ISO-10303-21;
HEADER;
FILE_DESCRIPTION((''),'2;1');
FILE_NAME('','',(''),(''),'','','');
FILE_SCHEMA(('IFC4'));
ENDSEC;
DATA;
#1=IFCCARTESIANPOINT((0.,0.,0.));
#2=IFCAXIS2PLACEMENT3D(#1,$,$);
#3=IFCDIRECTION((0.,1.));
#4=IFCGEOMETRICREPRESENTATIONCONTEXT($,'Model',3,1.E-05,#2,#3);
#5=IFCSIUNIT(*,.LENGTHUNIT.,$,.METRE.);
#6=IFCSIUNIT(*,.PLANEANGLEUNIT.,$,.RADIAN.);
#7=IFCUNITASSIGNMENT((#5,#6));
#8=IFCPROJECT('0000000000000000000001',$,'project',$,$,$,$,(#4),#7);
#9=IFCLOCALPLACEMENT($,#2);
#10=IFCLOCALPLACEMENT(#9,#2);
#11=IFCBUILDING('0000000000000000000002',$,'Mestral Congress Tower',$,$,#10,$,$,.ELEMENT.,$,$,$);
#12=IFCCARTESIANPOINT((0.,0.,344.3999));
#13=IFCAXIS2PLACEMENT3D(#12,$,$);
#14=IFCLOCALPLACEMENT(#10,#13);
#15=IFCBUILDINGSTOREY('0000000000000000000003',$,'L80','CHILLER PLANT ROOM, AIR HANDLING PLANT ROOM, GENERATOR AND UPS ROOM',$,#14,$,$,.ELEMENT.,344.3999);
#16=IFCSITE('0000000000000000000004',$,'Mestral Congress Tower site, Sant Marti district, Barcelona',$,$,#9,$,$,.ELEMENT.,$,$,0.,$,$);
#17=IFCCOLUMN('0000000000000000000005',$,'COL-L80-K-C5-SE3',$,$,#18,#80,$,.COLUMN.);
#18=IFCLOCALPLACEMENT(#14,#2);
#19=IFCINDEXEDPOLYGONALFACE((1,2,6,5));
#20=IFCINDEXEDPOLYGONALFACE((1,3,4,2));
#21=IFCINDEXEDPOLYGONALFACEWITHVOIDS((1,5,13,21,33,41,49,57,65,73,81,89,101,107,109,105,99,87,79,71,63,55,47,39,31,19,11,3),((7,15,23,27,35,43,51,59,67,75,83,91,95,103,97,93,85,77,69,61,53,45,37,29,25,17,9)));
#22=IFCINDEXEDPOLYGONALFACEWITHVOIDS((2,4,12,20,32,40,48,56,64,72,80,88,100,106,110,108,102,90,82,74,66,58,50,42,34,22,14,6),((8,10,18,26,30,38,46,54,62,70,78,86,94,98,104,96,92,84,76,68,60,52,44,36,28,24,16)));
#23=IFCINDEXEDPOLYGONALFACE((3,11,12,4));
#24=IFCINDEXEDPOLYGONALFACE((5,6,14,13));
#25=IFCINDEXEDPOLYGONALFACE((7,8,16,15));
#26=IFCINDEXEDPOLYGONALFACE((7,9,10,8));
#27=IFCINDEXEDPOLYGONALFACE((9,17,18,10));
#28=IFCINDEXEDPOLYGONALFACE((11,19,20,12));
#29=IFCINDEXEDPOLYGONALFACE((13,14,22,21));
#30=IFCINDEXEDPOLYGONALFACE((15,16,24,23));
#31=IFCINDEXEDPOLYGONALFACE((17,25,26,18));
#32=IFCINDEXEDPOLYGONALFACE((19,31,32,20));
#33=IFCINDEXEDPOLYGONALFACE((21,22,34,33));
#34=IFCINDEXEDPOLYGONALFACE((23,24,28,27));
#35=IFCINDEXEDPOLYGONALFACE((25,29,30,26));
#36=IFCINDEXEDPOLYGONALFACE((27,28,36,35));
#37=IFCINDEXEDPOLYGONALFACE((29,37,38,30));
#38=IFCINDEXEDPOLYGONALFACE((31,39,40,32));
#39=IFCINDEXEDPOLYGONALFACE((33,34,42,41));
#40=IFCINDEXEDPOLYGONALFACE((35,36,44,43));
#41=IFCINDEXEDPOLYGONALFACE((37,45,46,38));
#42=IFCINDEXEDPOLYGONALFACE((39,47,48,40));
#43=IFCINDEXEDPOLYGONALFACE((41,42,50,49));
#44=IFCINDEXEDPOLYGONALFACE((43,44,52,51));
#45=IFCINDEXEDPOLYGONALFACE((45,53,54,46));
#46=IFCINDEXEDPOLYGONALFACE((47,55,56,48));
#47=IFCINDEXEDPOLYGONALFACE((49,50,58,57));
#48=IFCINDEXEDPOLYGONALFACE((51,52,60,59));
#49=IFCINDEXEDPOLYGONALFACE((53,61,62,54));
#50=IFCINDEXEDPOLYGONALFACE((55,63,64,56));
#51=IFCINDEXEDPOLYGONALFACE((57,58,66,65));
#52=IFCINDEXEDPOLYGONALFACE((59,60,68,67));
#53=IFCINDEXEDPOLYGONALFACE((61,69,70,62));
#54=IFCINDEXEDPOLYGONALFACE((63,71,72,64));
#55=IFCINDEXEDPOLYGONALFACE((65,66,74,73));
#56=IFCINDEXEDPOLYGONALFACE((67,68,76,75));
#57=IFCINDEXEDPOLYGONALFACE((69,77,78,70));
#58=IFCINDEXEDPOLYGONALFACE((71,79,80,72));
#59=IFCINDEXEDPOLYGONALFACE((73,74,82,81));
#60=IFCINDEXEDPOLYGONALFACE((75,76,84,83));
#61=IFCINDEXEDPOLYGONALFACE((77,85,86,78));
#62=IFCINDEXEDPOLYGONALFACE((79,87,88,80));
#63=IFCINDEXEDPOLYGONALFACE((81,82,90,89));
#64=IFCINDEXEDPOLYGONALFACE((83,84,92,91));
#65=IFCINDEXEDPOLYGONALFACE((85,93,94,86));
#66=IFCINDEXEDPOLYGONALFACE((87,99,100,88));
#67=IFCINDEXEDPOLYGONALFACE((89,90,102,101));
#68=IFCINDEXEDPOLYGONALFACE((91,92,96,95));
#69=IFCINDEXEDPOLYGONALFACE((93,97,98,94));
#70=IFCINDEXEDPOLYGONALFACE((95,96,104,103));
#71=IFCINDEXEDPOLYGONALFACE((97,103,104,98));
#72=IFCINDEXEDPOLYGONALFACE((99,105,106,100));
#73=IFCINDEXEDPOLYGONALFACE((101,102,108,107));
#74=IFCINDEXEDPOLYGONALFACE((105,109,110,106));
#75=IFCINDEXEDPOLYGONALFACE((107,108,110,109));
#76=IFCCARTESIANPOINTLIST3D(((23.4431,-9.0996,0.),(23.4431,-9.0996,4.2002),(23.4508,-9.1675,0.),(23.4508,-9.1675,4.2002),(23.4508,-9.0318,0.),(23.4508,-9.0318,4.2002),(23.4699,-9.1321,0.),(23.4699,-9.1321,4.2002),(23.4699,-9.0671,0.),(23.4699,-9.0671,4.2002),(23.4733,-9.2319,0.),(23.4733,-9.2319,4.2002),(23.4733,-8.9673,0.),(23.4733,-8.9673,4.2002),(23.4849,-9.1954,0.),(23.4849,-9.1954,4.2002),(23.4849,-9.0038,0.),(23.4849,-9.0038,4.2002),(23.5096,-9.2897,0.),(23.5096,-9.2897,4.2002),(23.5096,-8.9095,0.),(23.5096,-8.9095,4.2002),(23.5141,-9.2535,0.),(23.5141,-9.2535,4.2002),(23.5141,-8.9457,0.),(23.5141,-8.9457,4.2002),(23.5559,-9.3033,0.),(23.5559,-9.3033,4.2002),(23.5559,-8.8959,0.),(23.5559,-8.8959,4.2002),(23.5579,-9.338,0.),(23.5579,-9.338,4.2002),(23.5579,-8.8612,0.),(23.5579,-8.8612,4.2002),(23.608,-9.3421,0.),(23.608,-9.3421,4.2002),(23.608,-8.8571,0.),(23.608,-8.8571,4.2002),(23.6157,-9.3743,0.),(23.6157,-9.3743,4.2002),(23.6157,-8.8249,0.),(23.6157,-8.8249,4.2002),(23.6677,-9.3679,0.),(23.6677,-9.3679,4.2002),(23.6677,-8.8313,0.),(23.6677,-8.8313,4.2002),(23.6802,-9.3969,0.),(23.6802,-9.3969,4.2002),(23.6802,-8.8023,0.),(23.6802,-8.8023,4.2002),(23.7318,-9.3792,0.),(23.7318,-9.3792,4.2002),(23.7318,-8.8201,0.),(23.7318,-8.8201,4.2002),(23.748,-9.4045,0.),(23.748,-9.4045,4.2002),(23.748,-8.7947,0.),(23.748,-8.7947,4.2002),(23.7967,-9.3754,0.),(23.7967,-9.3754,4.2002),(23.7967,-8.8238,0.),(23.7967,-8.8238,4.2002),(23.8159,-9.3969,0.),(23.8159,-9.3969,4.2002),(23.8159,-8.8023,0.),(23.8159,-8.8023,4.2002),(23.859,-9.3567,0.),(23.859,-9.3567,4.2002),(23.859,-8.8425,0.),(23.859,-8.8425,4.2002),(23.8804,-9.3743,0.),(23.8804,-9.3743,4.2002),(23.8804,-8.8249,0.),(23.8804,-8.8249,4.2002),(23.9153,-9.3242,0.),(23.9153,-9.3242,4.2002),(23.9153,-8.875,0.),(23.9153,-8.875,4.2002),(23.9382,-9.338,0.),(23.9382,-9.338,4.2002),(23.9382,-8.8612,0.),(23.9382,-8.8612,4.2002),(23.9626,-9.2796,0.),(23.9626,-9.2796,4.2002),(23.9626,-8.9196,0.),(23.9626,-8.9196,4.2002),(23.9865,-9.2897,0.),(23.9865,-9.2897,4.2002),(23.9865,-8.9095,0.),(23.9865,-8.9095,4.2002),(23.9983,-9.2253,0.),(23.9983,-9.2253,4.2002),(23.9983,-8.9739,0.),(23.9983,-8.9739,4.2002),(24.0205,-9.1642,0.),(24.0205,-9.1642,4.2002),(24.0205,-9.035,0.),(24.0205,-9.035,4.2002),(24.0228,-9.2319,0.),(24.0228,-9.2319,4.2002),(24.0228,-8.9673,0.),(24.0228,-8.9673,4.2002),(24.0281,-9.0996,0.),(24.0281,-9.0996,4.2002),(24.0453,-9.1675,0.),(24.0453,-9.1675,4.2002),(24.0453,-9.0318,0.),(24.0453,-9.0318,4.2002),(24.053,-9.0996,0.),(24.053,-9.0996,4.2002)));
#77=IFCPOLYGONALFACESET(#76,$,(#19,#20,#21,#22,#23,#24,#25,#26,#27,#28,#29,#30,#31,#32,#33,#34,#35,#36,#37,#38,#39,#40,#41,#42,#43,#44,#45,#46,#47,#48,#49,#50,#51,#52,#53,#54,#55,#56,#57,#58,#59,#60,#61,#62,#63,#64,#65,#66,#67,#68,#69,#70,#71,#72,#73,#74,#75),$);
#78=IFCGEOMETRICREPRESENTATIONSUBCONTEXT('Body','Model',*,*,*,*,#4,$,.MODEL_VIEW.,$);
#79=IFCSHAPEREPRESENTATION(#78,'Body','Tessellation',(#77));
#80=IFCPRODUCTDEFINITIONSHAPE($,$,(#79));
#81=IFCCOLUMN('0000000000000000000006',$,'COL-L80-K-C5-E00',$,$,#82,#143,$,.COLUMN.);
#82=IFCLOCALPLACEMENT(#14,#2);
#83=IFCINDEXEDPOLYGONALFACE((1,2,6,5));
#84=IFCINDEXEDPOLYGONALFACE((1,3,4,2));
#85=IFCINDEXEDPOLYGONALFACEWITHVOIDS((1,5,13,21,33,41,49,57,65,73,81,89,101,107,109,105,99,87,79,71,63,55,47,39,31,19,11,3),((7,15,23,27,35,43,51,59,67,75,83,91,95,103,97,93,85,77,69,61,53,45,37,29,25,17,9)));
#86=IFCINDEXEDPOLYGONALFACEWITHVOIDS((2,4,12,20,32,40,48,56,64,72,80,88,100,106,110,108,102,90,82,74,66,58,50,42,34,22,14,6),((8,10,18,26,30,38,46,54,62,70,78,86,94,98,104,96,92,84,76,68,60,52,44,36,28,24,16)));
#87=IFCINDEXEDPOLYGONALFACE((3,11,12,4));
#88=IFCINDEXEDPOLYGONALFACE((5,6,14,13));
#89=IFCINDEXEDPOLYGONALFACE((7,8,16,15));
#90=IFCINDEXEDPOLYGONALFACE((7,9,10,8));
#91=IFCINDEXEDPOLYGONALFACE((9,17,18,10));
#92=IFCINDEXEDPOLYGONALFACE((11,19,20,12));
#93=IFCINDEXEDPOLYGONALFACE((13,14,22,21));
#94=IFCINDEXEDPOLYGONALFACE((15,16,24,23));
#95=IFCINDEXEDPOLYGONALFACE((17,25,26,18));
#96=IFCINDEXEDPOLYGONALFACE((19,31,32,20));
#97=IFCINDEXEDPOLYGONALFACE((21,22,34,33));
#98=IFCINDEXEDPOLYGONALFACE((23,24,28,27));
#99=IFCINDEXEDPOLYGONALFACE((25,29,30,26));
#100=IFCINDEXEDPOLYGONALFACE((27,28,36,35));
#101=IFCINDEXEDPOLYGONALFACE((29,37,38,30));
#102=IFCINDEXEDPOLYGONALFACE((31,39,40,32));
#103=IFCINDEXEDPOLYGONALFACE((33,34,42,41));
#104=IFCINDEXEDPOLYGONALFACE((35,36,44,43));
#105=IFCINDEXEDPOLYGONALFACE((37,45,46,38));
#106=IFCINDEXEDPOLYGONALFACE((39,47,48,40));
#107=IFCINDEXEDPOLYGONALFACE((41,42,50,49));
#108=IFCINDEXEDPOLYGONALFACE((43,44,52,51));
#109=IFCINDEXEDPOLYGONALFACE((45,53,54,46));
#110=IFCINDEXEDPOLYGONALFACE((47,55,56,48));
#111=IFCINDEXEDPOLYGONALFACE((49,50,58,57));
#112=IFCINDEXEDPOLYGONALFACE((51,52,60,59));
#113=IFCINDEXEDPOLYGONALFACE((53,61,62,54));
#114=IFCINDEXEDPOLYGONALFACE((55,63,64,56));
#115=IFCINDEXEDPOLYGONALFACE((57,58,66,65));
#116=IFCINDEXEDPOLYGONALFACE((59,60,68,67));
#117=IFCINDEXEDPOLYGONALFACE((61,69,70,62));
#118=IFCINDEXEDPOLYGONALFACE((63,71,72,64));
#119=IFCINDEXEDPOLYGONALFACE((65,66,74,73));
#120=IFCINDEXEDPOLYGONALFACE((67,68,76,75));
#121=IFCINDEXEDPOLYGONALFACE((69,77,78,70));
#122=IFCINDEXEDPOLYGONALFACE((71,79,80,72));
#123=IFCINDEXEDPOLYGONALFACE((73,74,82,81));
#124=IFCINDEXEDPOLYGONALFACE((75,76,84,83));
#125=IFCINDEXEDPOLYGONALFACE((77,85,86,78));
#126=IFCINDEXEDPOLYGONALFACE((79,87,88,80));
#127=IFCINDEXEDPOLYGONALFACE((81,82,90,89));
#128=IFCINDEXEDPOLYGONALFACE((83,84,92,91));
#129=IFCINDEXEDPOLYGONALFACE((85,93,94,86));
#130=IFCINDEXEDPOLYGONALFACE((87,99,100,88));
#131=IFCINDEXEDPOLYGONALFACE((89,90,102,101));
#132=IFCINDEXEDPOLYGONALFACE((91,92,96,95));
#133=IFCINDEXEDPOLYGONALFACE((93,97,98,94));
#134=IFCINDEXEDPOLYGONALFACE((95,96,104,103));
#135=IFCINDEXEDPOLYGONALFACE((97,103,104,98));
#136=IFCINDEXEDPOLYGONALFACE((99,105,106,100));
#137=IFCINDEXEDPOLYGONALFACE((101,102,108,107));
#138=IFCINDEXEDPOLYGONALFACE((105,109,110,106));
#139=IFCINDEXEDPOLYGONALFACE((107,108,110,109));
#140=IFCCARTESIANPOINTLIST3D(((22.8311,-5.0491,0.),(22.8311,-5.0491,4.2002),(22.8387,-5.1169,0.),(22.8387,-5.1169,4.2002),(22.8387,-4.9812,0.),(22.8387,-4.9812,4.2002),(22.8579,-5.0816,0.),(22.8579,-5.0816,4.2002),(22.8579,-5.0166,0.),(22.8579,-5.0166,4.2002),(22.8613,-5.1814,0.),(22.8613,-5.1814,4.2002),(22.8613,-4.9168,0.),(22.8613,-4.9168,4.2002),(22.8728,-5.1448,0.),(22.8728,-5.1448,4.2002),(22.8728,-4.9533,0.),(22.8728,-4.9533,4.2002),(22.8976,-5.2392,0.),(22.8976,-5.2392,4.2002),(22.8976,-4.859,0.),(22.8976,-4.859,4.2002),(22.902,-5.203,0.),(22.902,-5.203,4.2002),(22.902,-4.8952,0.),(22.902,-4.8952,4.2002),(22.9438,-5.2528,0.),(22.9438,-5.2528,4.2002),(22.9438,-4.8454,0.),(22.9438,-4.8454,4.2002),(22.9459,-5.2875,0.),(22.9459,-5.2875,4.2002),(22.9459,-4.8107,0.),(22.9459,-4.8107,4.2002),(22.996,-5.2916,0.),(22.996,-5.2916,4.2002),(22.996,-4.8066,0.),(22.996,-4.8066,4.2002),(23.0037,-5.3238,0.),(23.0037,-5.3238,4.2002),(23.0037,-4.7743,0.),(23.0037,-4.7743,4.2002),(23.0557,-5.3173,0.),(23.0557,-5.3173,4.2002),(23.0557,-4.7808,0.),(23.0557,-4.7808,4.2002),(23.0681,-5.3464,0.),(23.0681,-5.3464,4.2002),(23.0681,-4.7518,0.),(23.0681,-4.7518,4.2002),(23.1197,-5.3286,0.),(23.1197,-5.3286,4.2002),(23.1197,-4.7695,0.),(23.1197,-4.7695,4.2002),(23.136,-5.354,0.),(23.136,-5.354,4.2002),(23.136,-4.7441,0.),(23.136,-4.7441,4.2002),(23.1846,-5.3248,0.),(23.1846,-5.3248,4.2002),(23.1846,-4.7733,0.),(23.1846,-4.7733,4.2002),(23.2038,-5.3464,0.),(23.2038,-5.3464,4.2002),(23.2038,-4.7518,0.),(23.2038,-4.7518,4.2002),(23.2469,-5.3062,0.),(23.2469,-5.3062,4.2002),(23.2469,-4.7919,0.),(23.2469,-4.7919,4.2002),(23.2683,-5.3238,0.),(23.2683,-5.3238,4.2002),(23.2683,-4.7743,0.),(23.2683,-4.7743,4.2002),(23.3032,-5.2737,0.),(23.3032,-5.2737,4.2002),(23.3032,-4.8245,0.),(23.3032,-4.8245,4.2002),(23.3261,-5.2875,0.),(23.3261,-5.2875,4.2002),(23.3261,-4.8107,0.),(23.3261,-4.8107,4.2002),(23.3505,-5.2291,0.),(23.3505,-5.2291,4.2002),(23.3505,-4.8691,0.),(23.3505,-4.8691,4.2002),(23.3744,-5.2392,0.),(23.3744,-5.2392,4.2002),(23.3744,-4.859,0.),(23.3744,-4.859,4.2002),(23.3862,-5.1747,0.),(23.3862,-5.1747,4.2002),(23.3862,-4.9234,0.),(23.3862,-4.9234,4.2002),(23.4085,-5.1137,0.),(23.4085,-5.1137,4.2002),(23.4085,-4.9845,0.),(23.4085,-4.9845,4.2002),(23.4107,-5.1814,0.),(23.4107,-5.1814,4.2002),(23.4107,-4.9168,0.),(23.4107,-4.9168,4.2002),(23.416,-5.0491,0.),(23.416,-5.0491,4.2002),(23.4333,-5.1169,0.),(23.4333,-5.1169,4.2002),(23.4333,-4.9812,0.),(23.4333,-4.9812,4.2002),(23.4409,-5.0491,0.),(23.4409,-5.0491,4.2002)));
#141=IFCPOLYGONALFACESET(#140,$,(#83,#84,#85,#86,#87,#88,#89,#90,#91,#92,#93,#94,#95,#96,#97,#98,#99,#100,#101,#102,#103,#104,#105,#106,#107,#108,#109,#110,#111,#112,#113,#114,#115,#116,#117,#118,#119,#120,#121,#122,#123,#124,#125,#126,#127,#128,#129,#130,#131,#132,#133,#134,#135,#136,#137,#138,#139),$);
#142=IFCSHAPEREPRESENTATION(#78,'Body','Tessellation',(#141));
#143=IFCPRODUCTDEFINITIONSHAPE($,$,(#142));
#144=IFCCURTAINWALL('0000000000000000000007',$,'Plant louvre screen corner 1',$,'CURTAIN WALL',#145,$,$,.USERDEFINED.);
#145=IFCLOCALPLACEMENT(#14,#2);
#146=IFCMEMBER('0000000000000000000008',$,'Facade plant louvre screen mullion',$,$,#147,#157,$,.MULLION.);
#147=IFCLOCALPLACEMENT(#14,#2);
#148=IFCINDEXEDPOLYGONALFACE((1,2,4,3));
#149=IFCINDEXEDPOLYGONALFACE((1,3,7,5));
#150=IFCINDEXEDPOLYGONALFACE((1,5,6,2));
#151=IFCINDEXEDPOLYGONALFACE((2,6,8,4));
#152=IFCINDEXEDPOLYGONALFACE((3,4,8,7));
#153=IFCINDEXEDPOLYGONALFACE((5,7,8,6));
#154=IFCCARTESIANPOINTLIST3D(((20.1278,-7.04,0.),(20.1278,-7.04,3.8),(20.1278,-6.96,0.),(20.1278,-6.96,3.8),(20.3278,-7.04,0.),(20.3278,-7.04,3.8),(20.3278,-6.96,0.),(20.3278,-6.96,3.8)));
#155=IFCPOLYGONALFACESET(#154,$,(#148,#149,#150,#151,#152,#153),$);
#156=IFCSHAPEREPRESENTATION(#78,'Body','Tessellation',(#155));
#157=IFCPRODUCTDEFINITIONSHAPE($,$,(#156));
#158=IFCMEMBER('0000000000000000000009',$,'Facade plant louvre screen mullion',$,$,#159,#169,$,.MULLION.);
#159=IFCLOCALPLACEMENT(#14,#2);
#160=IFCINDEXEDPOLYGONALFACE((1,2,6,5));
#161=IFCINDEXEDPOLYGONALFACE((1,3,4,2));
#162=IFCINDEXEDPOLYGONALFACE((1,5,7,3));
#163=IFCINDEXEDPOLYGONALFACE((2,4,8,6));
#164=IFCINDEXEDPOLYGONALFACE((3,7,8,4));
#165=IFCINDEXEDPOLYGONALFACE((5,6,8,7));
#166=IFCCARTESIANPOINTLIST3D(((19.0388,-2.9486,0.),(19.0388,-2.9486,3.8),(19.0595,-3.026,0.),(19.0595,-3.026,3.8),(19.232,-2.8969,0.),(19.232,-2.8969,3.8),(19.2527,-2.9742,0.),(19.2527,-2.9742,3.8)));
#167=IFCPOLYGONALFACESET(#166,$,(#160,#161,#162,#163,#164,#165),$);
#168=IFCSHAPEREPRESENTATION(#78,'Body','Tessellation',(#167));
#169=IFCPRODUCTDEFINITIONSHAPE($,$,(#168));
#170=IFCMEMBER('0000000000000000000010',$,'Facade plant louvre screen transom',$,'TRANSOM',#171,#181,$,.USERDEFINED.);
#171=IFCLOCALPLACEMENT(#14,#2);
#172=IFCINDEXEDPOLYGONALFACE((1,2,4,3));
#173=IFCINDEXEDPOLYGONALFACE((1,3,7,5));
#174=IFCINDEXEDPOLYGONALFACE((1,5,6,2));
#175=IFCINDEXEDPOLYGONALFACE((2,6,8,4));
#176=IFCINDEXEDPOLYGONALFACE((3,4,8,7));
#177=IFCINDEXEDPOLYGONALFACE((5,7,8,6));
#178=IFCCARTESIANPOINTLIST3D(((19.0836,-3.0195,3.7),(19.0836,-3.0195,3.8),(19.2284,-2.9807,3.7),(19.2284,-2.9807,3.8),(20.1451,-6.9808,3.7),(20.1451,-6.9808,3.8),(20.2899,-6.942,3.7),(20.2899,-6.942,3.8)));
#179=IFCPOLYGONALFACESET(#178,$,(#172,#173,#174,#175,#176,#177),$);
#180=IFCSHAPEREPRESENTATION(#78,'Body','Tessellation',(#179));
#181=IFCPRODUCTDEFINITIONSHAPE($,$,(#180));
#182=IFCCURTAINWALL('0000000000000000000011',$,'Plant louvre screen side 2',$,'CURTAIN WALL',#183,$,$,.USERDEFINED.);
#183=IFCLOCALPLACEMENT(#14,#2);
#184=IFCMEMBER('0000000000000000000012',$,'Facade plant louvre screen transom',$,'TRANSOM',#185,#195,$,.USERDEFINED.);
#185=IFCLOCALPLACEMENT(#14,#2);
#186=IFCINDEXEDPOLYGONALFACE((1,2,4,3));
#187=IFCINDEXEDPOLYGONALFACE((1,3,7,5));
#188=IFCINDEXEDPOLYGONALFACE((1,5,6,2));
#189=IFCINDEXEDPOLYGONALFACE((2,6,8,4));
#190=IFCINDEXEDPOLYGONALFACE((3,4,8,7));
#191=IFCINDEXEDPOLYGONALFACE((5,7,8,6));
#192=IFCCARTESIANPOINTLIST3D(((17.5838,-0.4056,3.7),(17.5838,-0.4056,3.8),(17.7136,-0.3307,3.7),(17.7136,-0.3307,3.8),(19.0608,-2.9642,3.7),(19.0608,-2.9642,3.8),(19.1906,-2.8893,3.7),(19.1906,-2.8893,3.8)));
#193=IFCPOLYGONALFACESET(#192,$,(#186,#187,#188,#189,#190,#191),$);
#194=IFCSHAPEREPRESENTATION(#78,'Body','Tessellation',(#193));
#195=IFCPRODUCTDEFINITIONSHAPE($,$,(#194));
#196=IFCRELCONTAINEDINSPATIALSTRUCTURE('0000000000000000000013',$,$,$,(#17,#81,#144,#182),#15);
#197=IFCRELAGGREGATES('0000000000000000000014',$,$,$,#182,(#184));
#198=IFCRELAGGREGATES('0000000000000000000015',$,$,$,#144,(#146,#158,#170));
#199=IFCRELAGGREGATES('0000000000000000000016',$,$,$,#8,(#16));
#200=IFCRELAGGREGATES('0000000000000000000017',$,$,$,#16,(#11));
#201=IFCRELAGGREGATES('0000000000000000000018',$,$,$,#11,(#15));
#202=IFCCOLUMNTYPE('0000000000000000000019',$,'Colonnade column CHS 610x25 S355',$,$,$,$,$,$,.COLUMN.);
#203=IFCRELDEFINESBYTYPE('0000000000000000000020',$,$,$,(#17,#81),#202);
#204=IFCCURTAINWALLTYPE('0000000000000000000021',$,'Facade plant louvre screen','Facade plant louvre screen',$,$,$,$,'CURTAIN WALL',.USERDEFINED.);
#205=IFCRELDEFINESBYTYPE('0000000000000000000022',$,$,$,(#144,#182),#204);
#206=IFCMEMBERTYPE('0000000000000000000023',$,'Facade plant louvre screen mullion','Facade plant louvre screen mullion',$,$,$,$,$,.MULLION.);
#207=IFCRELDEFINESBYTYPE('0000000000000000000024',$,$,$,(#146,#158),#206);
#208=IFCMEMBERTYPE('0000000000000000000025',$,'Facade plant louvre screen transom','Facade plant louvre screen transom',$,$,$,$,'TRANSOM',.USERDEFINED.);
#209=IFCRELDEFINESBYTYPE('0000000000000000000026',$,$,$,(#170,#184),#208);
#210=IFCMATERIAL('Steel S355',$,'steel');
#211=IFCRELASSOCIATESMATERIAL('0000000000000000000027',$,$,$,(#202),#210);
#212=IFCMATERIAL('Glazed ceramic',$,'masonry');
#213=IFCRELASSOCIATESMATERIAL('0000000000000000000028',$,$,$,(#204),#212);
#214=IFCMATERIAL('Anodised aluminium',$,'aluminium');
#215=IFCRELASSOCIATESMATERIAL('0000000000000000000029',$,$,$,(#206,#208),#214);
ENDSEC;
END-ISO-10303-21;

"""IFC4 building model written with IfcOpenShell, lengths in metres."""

from ifc_helpers import new_model, si_unit, direction, frame, origin, origin_2d, place, context, subcontext, project, spatial, rectangle, hollow_circle, extrude, material, material_profile, profile_set, type_object, element, aggregate, save


model = new_model("IFC4")

# Units and contexts
model_context = context("Model", 3, precision=1e-05, world=origin(), true_north=direction((0.0, 1.0)))
body_context = subcontext(model_context, "Body", "Model", "MODEL_VIEW")
ifc_project = project(units=[si_unit("LENGTHUNIT", "METRE"), si_unit("PLANEANGLEUNIT", "RADIAN")], contexts=[model_context])

# Site, building, storey
site_placement = place(None, origin())
site = spatial("IfcSite", under=ifc_project, at=site_placement, Name="Mestral Congress Tower site, Sant Marti district, Barcelona", CompositionType="ELEMENT", RefElevation=0.0)
building_placement = place(site_placement, origin())
building = spatial("IfcBuilding", under=site, at=building_placement, Name="Mestral Congress Tower", CompositionType="ELEMENT")
storey_placement = place(building_placement, frame((0.0, 0.0, 344.3999)))
storey = spatial("IfcBuildingStorey", under=building, at=storey_placement, Name="L80", Description="CHILLER PLANT ROOM, AIR HANDLING PLANT ROOM, GENERATOR AND UPS ROOM", CompositionType="ELEMENT", Elevation=344.3999)

# Columns
ifc_material_1 = material(Name="Steel S355", Category="steel")
ifc_material_profile_1 = material_profile(ifc_material_1, hollow_circle(Radius=0.3049, WallThickness=0.0249, at=origin_2d()), Name="CHS 610x25")
ifc_profile_set_1 = profile_set([ifc_material_profile_1], Name="Steel S355")
column_type = type_object("IfcColumnType", Name="Colonnade column CHS 610x25 S355", PredefinedType="COLUMN", material=ifc_profile_set_1)
for number, where, z_axis, x_axis, name in (
    (1, (23.748, -9.0996, 0.0), (0.0, 0.0, 1.0), (1.0, 0.0, 0.0), "COL-L80-K-C5-SE3"),
    (2, (23.136, -5.0491, 0.0), (0.0, 0.0, 1.0), (1.0, 0.0, 0.0), "COL-L80-K-C5-E00"),
):
    element("IfcColumn", number, at=place(storey_placement, frame(where, z_axis=z_axis, x_axis=x_axis)), inside=storey, type_object=column_type, Name=name, PredefinedType="COLUMN", context=body_context, shape_type="SweptSolid", body=[
        extrude(hollow_circle(Radius=0.3049, WallThickness=0.0249, at=origin_2d()), origin(), (0.0, 0.0, 1.0), 4.2002),
    ])

# Curtain wall, members
ifc_material_2 = material(Name="Glazed ceramic", Category="masonry")
curtain_wall_type = type_object("IfcCurtainWallType", Name="Facade plant louvre screen", Description="Facade plant louvre screen", ElementType="CURTAIN WALL", PredefinedType="USERDEFINED", material=ifc_material_2)
placement = place(storey_placement, origin())
curtain_wall_1 = element("IfcCurtainWall", 3, at=placement, inside=storey, type_object=curtain_wall_type, Name="Plant louvre screen corner 1", ObjectType="CURTAIN WALL", PredefinedType="USERDEFINED")
ifc_material_3 = material(Name="Anodised aluminium", Category="aluminium")
ifc_material_profile_2 = material_profile(ifc_material_3, rectangle(XDim=0.2, YDim=0.0801, at=origin_2d()), Name="CW6 mullion 200 x 80")
ifc_profile_set_2 = profile_set([ifc_material_profile_2], Name="Anodised aluminium")
member_type_1 = type_object("IfcMemberType", Name="Facade plant louvre screen mullion", Description="Facade plant louvre screen mullion", PredefinedType="MULLION", material=ifc_profile_set_2)
member_1_placement = place(storey_placement, frame((20.2278, -7.0, 0.0), z_axis=(0.0, 0.0, 1.0), x_axis=(1.0, 0.0, 0.0)))
member_1 = element("IfcMember", 4, at=member_1_placement, type_object=member_type_1, Name="Facade plant louvre screen mullion", PredefinedType="MULLION", context=body_context, shape_type="SweptSolid", body=[
    extrude(rectangle(XDim=0.2, YDim=0.0801, at=origin_2d()), origin(), (0.0, 0.0, 1.0), 3.8),
])
member_2_placement = place(storey_placement, frame((19.1458, -2.9614, 0.0), z_axis=(0.0, 0.0, 1.0), x_axis=(0.965926, 0.258819, 0.0)))
member_2 = element("IfcMember", 5, at=member_2_placement, type_object=member_type_1, Name="Facade plant louvre screen mullion", PredefinedType="MULLION", context=body_context, shape_type="SweptSolid", body=[
    extrude(rectangle(XDim=0.2, YDim=0.0801, at=origin_2d()), origin(), (0.0, 0.0, 1.0), 3.8),
])
ifc_material_profile_3 = material_profile(ifc_material_3, rectangle(XDim=0.1499, YDim=0.1001, at=origin_2d()), Name="CW6 transom 150 x 100")
ifc_profile_set_3 = profile_set([ifc_material_profile_3], Name="Anodised aluminium")
member_type_2 = type_object("IfcMemberType", Name="Facade plant louvre screen transom", Description="Facade plant louvre screen transom", ElementType="TRANSOM", PredefinedType="USERDEFINED", material=ifc_profile_set_3)
member_3_placement = place(storey_placement, frame((20.2175, -6.9614, 3.75), z_axis=(-0.258833, 0.965922, 0.0), x_axis=(-0.965922, -0.258833, 0.0)))
member_3 = element("IfcMember", 6, at=member_3_placement, type_object=member_type_2, Name="Facade plant louvre screen transom", ObjectType="TRANSOM", PredefinedType="USERDEFINED", context=body_context, shape_type="SweptSolid", body=[
    extrude(rectangle(XDim=0.1499, YDim=0.1001, at=origin_2d()), origin(), (0.0, 0.0, 1.0), 4.1011),
])

# Curtain wall, member
curtain_wall_2 = element("IfcCurtainWall", 7, at=placement, inside=storey, type_object=curtain_wall_type, Name="Plant louvre screen side 2", ObjectType="CURTAIN WALL", PredefinedType="USERDEFINED")
member_4_placement = place(storey_placement, frame((19.1257, -2.9268, 3.75), z_axis=(-0.499961, 0.866048, 0.0), x_axis=(-0.866048, -0.499961, 0.0)))
member_4 = element("IfcMember", 8, at=member_4_placement, type_object=member_type_2, Name="Facade plant louvre screen transom", ObjectType="TRANSOM", PredefinedType="USERDEFINED", context=body_context, shape_type="SweptSolid", body=[
    extrude(rectangle(XDim=0.1499, YDim=0.1001, at=origin_2d()), origin(), (0.0, 0.0, 1.0), 2.9543),
])
aggregate(curtain_wall_2, [member_4])

aggregate(curtain_wall_1, [member_1, member_2, member_3])

save(model, "model.ifc")
